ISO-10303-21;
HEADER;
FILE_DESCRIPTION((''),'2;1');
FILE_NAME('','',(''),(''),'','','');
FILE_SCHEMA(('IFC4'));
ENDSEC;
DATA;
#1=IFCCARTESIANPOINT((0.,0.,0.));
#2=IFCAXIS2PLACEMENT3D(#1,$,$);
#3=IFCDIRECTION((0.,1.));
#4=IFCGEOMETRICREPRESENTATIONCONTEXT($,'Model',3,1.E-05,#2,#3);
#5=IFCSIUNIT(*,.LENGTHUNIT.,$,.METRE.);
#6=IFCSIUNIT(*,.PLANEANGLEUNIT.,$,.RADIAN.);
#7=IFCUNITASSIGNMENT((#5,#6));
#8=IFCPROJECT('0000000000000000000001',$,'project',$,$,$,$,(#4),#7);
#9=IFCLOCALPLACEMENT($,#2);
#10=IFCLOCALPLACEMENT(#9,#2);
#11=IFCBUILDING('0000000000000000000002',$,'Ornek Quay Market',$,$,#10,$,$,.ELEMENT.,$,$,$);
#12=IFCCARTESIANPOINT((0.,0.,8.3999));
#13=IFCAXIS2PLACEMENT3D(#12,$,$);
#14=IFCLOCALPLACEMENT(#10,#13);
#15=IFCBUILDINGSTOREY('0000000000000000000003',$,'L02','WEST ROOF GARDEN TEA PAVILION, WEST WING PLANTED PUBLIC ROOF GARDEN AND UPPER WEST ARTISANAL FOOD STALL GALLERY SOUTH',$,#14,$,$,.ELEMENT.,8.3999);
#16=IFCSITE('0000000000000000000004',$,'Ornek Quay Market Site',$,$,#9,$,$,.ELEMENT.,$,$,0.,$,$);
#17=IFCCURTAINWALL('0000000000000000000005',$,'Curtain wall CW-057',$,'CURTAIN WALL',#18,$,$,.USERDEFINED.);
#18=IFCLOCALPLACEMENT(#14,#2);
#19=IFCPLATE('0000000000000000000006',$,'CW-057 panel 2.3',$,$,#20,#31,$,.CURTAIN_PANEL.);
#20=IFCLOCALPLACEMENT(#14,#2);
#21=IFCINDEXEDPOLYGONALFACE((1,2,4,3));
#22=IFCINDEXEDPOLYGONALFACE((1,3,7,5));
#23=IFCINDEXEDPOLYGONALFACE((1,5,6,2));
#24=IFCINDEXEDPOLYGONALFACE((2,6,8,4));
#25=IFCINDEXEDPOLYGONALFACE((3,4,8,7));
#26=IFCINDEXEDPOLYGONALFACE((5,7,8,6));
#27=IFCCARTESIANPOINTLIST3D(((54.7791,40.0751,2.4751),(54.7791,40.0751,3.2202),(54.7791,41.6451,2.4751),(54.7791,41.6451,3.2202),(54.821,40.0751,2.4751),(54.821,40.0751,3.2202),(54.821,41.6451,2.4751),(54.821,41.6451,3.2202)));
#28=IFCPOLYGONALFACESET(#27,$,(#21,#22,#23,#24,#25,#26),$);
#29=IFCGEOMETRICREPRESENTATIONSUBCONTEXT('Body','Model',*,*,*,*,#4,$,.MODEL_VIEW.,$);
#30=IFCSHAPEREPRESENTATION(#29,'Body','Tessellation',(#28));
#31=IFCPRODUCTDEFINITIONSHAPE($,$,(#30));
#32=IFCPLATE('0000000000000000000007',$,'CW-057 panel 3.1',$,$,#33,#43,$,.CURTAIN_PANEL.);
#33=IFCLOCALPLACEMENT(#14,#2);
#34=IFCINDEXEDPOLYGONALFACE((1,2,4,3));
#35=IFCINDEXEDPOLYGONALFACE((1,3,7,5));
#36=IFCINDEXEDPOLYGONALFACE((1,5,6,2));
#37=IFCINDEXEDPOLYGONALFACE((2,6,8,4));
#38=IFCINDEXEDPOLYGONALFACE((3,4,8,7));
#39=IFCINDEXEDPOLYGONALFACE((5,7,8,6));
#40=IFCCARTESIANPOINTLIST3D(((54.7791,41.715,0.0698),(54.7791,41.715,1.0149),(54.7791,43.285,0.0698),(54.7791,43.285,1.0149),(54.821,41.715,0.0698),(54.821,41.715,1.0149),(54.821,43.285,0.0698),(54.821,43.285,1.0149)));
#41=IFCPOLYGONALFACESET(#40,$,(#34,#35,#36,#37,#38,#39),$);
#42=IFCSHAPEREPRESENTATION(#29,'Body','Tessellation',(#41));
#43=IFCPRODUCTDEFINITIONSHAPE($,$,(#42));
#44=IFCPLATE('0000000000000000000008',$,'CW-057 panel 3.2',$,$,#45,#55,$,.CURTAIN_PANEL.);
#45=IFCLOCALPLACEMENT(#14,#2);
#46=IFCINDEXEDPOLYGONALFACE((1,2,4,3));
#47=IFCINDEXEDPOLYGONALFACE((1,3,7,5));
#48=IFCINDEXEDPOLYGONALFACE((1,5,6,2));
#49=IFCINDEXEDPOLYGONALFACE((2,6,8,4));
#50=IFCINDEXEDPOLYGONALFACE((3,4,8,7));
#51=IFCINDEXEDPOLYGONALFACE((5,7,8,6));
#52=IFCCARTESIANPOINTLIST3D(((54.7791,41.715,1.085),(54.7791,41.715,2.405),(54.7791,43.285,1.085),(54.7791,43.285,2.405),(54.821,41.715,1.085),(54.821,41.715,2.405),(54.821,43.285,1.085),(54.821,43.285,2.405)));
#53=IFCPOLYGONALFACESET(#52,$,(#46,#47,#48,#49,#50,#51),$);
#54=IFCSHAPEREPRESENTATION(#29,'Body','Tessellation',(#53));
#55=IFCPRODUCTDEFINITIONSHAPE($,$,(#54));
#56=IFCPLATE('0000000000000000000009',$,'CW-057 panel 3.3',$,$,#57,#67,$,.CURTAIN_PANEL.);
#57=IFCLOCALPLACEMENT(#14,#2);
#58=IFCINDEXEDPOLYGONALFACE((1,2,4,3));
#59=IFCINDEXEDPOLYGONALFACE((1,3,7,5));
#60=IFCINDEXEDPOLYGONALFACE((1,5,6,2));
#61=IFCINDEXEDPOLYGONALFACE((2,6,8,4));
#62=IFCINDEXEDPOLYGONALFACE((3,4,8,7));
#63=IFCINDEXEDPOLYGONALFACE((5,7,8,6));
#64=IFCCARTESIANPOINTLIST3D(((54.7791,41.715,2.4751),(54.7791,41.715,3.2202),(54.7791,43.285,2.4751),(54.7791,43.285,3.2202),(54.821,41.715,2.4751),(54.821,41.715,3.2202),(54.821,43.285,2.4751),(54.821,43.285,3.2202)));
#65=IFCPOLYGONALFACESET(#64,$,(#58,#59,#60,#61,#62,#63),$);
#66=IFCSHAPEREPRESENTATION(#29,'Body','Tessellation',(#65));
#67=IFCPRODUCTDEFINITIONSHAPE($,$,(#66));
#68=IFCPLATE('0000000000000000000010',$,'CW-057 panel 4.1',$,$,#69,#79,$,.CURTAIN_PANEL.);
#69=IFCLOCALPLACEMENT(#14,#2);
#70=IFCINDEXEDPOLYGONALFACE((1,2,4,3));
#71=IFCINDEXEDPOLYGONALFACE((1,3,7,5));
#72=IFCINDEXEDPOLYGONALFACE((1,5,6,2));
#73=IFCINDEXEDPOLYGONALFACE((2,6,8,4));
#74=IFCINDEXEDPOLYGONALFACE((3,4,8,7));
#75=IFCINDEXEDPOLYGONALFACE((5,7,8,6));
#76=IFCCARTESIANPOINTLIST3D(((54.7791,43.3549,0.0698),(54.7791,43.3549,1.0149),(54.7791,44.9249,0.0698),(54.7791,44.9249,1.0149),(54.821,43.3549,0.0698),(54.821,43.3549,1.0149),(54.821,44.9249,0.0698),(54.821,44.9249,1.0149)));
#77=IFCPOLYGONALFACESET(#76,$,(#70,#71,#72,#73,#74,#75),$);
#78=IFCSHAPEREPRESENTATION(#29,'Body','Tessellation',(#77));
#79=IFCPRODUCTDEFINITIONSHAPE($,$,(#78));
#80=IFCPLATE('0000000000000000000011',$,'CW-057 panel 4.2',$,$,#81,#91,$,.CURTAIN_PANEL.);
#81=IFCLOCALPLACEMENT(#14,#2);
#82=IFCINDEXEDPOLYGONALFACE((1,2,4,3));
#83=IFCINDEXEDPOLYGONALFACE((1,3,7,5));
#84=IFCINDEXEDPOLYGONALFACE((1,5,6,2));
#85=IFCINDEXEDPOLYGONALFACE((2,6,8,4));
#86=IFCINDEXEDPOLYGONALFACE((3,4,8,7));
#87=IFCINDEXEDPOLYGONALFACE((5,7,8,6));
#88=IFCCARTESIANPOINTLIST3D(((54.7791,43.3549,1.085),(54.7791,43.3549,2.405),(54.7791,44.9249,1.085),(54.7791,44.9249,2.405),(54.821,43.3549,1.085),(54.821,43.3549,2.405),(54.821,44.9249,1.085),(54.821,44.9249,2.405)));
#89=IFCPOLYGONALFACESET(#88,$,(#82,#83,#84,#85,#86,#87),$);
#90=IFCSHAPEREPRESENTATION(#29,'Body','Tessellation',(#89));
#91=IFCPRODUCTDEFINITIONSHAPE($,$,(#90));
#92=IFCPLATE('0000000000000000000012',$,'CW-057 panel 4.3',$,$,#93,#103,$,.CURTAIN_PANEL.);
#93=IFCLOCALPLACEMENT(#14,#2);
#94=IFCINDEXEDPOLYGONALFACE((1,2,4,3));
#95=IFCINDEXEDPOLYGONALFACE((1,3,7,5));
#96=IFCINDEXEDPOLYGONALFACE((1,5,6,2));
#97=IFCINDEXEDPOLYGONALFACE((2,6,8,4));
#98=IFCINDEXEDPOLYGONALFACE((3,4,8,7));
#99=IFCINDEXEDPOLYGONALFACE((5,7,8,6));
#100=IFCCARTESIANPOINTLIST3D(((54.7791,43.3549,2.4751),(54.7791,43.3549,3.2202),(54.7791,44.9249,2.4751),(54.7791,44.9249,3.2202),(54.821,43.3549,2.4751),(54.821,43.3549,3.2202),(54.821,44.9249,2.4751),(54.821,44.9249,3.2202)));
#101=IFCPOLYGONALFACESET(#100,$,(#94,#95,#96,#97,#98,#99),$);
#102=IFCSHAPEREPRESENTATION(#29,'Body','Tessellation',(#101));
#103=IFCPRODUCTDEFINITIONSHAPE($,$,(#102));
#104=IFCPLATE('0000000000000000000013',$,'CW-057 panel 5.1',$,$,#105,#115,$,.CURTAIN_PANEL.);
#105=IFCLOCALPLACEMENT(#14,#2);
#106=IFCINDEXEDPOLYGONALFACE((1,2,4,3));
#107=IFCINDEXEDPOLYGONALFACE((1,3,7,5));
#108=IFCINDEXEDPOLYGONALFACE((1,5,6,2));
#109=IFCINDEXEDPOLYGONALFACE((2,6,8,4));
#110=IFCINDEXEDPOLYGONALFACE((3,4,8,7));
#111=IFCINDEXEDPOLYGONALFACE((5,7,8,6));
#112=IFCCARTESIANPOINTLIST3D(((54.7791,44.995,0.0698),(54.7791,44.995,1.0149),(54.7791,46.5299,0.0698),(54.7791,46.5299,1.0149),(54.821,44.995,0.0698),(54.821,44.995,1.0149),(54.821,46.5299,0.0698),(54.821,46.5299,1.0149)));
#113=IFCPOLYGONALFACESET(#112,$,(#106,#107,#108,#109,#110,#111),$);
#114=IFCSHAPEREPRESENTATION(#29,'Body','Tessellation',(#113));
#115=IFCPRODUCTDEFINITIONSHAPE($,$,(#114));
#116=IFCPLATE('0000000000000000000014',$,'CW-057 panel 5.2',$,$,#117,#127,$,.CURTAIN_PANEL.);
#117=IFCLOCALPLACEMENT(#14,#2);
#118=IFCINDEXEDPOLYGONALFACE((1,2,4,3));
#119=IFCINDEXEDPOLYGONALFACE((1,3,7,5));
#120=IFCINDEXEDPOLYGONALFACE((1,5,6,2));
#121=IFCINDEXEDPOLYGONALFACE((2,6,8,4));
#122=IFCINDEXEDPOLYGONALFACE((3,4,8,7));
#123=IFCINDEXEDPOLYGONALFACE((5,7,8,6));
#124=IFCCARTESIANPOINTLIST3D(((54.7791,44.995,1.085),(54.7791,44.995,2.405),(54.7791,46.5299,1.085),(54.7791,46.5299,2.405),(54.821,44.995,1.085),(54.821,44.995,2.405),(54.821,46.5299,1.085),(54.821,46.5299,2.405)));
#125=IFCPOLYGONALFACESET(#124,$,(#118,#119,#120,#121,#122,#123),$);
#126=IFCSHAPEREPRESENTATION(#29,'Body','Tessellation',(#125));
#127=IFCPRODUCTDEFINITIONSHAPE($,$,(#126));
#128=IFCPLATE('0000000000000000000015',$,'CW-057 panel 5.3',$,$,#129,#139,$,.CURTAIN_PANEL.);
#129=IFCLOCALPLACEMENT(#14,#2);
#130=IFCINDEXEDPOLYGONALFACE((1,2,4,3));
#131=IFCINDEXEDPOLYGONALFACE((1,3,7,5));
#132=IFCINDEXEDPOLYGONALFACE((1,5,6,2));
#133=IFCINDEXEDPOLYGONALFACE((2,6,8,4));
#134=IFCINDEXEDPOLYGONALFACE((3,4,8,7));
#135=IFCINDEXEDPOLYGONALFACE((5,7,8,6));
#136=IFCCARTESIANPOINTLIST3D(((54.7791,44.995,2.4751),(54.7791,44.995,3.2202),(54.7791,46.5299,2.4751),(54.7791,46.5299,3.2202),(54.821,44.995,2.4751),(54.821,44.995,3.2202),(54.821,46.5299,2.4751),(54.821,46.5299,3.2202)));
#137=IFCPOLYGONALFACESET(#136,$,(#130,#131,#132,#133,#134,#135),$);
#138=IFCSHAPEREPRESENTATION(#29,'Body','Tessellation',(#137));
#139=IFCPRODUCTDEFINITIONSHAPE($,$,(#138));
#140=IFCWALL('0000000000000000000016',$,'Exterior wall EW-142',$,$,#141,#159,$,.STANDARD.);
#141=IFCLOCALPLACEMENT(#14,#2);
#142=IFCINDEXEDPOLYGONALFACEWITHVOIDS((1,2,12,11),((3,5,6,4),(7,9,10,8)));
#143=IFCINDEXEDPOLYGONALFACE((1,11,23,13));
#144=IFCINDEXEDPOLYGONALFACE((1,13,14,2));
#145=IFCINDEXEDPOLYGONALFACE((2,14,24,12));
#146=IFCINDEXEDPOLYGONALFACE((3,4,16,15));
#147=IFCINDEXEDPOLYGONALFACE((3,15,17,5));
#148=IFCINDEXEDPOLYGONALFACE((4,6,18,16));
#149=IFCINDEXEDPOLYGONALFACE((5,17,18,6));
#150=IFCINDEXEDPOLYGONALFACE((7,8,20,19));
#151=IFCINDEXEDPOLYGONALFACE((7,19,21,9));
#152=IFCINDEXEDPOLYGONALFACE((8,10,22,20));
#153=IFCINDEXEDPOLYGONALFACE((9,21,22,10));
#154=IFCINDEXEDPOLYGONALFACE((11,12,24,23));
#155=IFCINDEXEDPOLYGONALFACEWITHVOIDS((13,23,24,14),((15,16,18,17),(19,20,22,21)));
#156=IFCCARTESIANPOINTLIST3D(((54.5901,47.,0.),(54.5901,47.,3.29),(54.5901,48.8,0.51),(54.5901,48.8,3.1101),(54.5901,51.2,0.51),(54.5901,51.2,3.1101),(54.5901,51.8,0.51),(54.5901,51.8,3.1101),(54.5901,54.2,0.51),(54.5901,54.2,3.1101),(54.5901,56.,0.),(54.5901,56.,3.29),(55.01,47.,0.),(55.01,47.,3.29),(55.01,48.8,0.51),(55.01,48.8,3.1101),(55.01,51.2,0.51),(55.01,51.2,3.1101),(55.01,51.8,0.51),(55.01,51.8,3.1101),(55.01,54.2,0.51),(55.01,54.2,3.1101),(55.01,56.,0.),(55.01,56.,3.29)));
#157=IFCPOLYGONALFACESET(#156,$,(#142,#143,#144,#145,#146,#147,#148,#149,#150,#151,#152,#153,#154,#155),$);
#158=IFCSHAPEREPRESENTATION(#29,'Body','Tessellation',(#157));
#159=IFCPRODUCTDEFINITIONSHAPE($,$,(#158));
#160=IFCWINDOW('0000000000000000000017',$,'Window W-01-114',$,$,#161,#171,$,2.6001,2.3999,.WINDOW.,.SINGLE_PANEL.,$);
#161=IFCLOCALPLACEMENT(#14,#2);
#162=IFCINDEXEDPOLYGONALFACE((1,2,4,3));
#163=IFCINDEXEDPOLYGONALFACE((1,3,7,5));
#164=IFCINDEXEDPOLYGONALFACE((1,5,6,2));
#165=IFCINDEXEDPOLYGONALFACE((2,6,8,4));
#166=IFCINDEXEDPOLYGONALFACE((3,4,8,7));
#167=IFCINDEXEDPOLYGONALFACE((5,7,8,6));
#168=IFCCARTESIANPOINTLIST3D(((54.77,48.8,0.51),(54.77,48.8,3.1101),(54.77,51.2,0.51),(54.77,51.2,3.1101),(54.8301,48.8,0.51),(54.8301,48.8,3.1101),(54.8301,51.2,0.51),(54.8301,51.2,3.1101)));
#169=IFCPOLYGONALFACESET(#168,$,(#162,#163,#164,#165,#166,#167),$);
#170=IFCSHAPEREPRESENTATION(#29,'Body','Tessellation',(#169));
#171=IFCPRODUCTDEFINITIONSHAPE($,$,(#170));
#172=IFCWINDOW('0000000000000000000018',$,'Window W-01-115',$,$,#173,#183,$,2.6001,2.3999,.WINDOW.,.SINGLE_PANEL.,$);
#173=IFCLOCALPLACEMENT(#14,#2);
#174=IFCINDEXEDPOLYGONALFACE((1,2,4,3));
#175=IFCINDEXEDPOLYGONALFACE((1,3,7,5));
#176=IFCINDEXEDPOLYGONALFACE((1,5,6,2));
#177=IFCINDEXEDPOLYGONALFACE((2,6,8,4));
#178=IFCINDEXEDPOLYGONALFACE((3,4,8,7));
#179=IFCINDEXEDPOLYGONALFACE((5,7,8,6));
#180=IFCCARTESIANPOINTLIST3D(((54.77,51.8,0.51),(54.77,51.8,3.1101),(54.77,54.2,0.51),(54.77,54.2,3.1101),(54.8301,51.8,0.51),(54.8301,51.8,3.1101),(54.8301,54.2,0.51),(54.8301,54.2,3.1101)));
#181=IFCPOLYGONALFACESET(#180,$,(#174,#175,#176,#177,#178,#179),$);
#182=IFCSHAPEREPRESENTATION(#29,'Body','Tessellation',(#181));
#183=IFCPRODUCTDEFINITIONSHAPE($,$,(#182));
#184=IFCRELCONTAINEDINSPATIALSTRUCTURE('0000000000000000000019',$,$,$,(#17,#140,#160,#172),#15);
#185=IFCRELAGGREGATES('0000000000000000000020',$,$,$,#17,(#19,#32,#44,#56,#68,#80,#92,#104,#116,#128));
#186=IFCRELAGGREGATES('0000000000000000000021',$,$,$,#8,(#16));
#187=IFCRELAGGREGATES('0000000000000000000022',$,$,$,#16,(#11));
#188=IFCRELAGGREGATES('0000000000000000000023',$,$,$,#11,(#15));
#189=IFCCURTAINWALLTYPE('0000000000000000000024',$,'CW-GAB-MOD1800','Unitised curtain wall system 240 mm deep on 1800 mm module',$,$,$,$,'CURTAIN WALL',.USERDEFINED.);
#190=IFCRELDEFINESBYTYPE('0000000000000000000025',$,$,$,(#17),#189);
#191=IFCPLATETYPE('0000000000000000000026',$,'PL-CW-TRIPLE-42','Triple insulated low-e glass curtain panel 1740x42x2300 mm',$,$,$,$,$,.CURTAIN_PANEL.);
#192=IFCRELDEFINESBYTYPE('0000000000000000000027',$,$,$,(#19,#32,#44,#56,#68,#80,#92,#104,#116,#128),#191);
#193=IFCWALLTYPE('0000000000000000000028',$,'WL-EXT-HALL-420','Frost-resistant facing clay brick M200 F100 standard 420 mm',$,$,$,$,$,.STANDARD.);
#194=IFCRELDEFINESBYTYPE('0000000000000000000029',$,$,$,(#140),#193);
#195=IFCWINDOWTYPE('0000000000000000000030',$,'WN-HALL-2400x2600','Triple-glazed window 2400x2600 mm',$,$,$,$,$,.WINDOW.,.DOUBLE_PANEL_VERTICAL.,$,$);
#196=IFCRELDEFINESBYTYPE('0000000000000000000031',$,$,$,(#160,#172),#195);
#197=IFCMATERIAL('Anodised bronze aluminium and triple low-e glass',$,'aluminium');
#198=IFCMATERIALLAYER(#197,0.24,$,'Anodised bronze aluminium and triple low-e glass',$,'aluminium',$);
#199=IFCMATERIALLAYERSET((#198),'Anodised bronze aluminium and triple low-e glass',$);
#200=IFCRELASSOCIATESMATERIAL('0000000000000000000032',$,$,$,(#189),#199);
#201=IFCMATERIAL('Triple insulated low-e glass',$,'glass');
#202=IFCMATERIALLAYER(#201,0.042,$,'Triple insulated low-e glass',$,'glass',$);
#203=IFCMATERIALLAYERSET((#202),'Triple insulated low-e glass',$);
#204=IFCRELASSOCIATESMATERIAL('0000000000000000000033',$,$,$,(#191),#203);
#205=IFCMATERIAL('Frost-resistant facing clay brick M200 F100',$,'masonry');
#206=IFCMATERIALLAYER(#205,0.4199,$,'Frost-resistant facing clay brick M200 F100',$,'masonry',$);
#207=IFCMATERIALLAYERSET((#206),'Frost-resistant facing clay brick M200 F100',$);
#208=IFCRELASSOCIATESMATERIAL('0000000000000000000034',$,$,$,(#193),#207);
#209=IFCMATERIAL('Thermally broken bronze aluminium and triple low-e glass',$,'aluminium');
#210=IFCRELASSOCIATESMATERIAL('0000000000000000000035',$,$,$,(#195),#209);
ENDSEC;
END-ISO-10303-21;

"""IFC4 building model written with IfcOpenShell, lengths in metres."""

from ifc_helpers import new_model, si_unit, direction, frame, frame_2d, origin, origin_2d, place, context, subcontext, project, spatial, rectangle, extrude, material, layer, layer_set, type_object, element, fill, aggregate, save


model = new_model("IFC4")

# Units and contexts
model_context = context("Model", 3, precision=1e-05, world=origin(), true_north=direction((0.0, 1.0)))
body_context = subcontext(model_context, "Body", "Model", "MODEL_VIEW")
ifc_project = project(units=[si_unit("LENGTHUNIT", "METRE"), si_unit("PLANEANGLEUNIT", "RADIAN")], contexts=[model_context])

# Site, building, storey
site_placement = place(None, origin())
site = spatial("IfcSite", under=ifc_project, at=site_placement, Name="Ornek Quay Market Site", CompositionType="ELEMENT", RefElevation=0.0)
building_placement = place(site_placement, origin())
building = spatial("IfcBuilding", under=site, at=building_placement, Name="Ornek Quay Market", CompositionType="ELEMENT")
storey_placement = place(building_placement, frame((0.0, 0.0, 8.3999)))
storey = spatial("IfcBuildingStorey", under=building, at=storey_placement, Name="L02", Description="WEST ROOF GARDEN TEA PAVILION, WEST WING PLANTED PUBLIC ROOF GARDEN AND UPPER WEST ARTISANAL FOOD STALL GALLERY SOUTH", CompositionType="ELEMENT", Elevation=8.3999)

# Curtain wall
ifc_material_1 = material(Name="Anodised bronze aluminium and triple low-e glass", Category="aluminium")
ifc_layer_1 = layer(ifc_material_1, 0.24, Name="Anodised bronze aluminium and triple low-e glass", Category="aluminium")
ifc_layer_set_1 = layer_set([ifc_layer_1], Name="Anodised bronze aluminium and triple low-e glass")
curtain_wall_type = type_object("IfcCurtainWallType", Name="CW-GAB-MOD1800", Description="Unitised curtain wall system 240 mm deep on 1800 mm module", ElementType="CURTAIN WALL", PredefinedType="USERDEFINED", material=ifc_layer_set_1)
curtain_wall_placement = place(storey_placement, origin())
curtain_wall = element("IfcCurtainWall", 1, at=curtain_wall_placement, inside=storey, type_object=curtain_wall_type, Name="Curtain wall CW-057", ObjectType="CURTAIN WALL", PredefinedType="USERDEFINED")

# Plates
ifc_material_2 = material(Name="Triple insulated low-e glass", Category="glass")
ifc_layer_2 = layer(ifc_material_2, 0.042, Name="Triple insulated low-e glass", Category="glass")
ifc_layer_set_2 = layer_set([ifc_layer_2], Name="Triple insulated low-e glass")
plate_type_1 = type_object("IfcPlateType", Name="PL-CW-TRIPLE-42", Description="Triple insulated low-e glass curtain panel 1740x42x2300 mm", PredefinedType="CURTAIN_PANEL", material=ifc_layer_set_2)
plate_1_placement = place(storey_placement, frame((54.8, 40.8601, 2.4751), z_axis=(0.0, 0.0, 1.0), x_axis=(0.0, 1.0, 0.0)))
plate_1 = element("IfcPlate", 2, at=plate_1_placement, type_object=plate_type_1, Name="CW-057 panel 2.3", PredefinedType="CURTAIN_PANEL", context=body_context, shape_type="SweptSolid", body=[
    extrude(rectangle(XDim=1.5701, YDim=0.042, at=origin_2d()), origin(), (0.0, 0.0, 1.0), 0.7451),
])
plate_2_placement = place(storey_placement, frame((54.8, 42.5, 0.0698), z_axis=(0.0, 0.0, 1.0), x_axis=(0.0, 1.0, 0.0)))
plate_2 = element("IfcPlate", 3, at=plate_2_placement, type_object=plate_type_1, Name="CW-057 panel 3.1", PredefinedType="CURTAIN_PANEL", context=body_context, shape_type="SweptSolid", body=[
    extrude(rectangle(XDim=1.5701, YDim=0.042, at=origin_2d()), origin(), (0.0, 0.0, 1.0), 0.9451),
])
plate_3_placement = place(storey_placement, frame((54.8, 42.5, 1.085), z_axis=(0.0, 0.0, 1.0), x_axis=(0.0, 1.0, 0.0)))
plate_3 = element("IfcPlate", 4, at=plate_3_placement, type_object=plate_type_1, Name="CW-057 panel 3.2", PredefinedType="CURTAIN_PANEL", context=body_context, shape_type="SweptSolid", body=[
    extrude(rectangle(XDim=1.5701, YDim=0.042, at=origin_2d()), origin(), (0.0, 0.0, 1.0), 1.3201),
])
plate_4_placement = place(storey_placement, frame((54.8, 42.5, 2.4751), z_axis=(0.0, 0.0, 1.0), x_axis=(0.0, 1.0, 0.0)))
plate_4 = element("IfcPlate", 5, at=plate_4_placement, type_object=plate_type_1, Name="CW-057 panel 3.3", PredefinedType="CURTAIN_PANEL", context=body_context, shape_type="SweptSolid", body=[
    extrude(rectangle(XDim=1.5701, YDim=0.042, at=origin_2d()), origin(), (0.0, 0.0, 1.0), 0.7451),
])
plate_5_placement = place(storey_placement, frame((54.8, 44.1399, 0.0698), z_axis=(0.0, 0.0, 1.0), x_axis=(0.0, 1.0, 0.0)))
plate_5 = element("IfcPlate", 6, at=plate_5_placement, type_object=plate_type_1, Name="CW-057 panel 4.1", PredefinedType="CURTAIN_PANEL", context=body_context, shape_type="SweptSolid", body=[
    extrude(rectangle(XDim=1.5701, YDim=0.042, at=origin_2d()), origin(), (0.0, 0.0, 1.0), 0.9451),
])
plate_6_placement = place(storey_placement, frame((54.8, 44.1399, 1.085), z_axis=(0.0, 0.0, 1.0), x_axis=(0.0, 1.0, 0.0)))
plate_6 = element("IfcPlate", 7, at=plate_6_placement, type_object=plate_type_1, Name="CW-057 panel 4.2", PredefinedType="CURTAIN_PANEL", context=body_context, shape_type="SweptSolid", body=[
    extrude(rectangle(XDim=1.5701, YDim=0.042, at=origin_2d()), origin(), (0.0, 0.0, 1.0), 1.3201),
])
plate_7_placement = place(storey_placement, frame((54.8, 44.1399, 2.4751), z_axis=(0.0, 0.0, 1.0), x_axis=(0.0, 1.0, 0.0)))
plate_7 = element("IfcPlate", 8, at=plate_7_placement, type_object=plate_type_1, Name="CW-057 panel 4.3", PredefinedType="CURTAIN_PANEL", context=body_context, shape_type="SweptSolid", body=[
    extrude(rectangle(XDim=1.5701, YDim=0.042, at=origin_2d()), origin(), (0.0, 0.0, 1.0), 0.7451),
])
plate_8_placement = place(storey_placement, frame((54.8, 45.7625, 0.0698), z_axis=(0.0, 0.0, 1.0), x_axis=(0.0, 1.0, 0.0)))
plate_8 = element("IfcPlate", 9, at=plate_8_placement, type_object=plate_type_1, Name="CW-057 panel 5.1", PredefinedType="CURTAIN_PANEL", context=body_context, shape_type="SweptSolid", body=[
    extrude(rectangle(XDim=1.5349, YDim=0.042, at=origin_2d()), origin(), (0.0, 0.0, 1.0), 0.9451),
])
plate_9_placement = place(storey_placement, frame((54.8, 45.7625, 1.085), z_axis=(0.0, 0.0, 1.0), x_axis=(0.0, 1.0, 0.0)))
plate_9 = element("IfcPlate", 10, at=plate_9_placement, type_object=plate_type_1, Name="CW-057 panel 5.2", PredefinedType="CURTAIN_PANEL", context=body_context, shape_type="SweptSolid", body=[
    extrude(rectangle(XDim=1.5349, YDim=0.042, at=origin_2d()), origin(), (0.0, 0.0, 1.0), 1.3201),
])
plate_10_placement = place(storey_placement, frame((54.8, 45.7625, 2.4751), z_axis=(0.0, 0.0, 1.0), x_axis=(0.0, 1.0, 0.0)))
plate_10 = element("IfcPlate", 11, at=plate_10_placement, type_object=plate_type_1, Name="CW-057 panel 5.3", PredefinedType="CURTAIN_PANEL", context=body_context, shape_type="SweptSolid", body=[
    extrude(rectangle(XDim=1.5349, YDim=0.042, at=origin_2d()), origin(), (0.0, 0.0, 1.0), 0.7451),
])
aggregate(curtain_wall, [plate_1, plate_2, plate_3, plate_4, plate_5, plate_6, plate_7, plate_8, plate_9, plate_10])

# Wall, openings, windows
ifc_material_3 = material(Name="Frost-resistant facing clay brick M200 F100", Category="masonry")
ifc_layer_3 = layer(ifc_material_3, 0.4199, Name="Frost-resistant facing clay brick M200 F100", Category="masonry")
ifc_layer_set_3 = layer_set([ifc_layer_3], Name="Frost-resistant facing clay brick M200 F100")
wall_type = type_object("IfcWallType", Name="WL-EXT-HALL-420", Description="Frost-resistant facing clay brick M200 F100 standard 420 mm", PredefinedType="STANDARD", material=ifc_layer_set_3)
wall_placement = place(storey_placement, frame((54.8, 47.0, 0.0), z_axis=(0.0, 0.0, 1.0), x_axis=(0.0, 1.0, 0.0)))
wall = element("IfcWall", 12, at=wall_placement, inside=storey, type_object=wall_type, Name="Exterior wall EW-142", PredefinedType="STANDARD", context=body_context, shape_type="SweptSolid", body=[
    extrude(rectangle(XDim=9.0, YDim=0.4199, at=frame_2d((4.5, 0.0))), origin(), (0.0, 0.0, 1.0), 3.29),
])
opening_1_placement = place(wall_placement, frame((1.8, 0.0, 0.51)))
opening_1 = element("IfcOpeningElement", 13, at=opening_1_placement, cuts=wall, PredefinedType="OPENING", context=body_context, shape_type="SweptSolid", body=[
    extrude(rectangle(XDim=2.3999, YDim=2.6001, at=frame_2d((1.2, 1.3))), frame((0.0, 0.22, 0.0), z_axis=(0.0, -1.0, 0.0), x_axis=(1.0, 0.0, 0.0)), (0.0, 0.0, 1.0), 0.4399),
])
opening_2_placement = place(wall_placement, frame((4.8, 0.0, 0.51)))
opening_2 = element("IfcOpeningElement", 14, at=opening_2_placement, cuts=wall, PredefinedType="OPENING", context=body_context, shape_type="SweptSolid", body=[
    extrude(rectangle(XDim=2.3999, YDim=2.6001, at=frame_2d((1.2, 1.3))), frame((0.0, 0.22, 0.0), z_axis=(0.0, -1.0, 0.0), x_axis=(1.0, 0.0, 0.0)), (0.0, 0.0, 1.0), 0.4399),
])
ifc_material_4 = material(Name="Thermally broken bronze aluminium and triple low-e glass", Category="aluminium")
window_type = type_object("IfcWindowType", Name="WN-HALL-2400x2600", Description="Triple-glazed window 2400x2600 mm", PartitioningType="DOUBLE_PANEL_VERTICAL", PredefinedType="WINDOW", material=ifc_material_4)
window_1_placement = place(opening_1_placement, origin())
window_1 = element("IfcWindow", 15, at=window_1_placement, inside=storey, type_object=window_type, Name="Window W-01-114", OverallHeight=2.6001, OverallWidth=2.3999, PartitioningType="SINGLE_PANEL", PredefinedType="WINDOW", context=body_context, shape_type="SweptSolid", body=[
    extrude(rectangle(XDim=2.3999, YDim=2.6001, at=frame_2d((1.2, 1.3))), frame((0.0, 0.03, 0.0), z_axis=(0.0, -1.0, 0.0), x_axis=(1.0, 0.0, 0.0)), (0.0, 0.0, 1.0), 0.0601),
])
fill(opening_1, window_1)
window_2_placement = place(opening_2_placement, origin())
window_2 = element("IfcWindow", 16, at=window_2_placement, inside=storey, type_object=window_type, Name="Window W-01-115", OverallHeight=2.6001, OverallWidth=2.3999, PartitioningType="SINGLE_PANEL", PredefinedType="WINDOW", context=body_context, shape_type="SweptSolid", body=[
    extrude(rectangle(XDim=2.3999, YDim=2.6001, at=frame_2d((1.2, 1.3))), frame((0.0, 0.03, 0.0), z_axis=(0.0, -1.0, 0.0), x_axis=(1.0, 0.0, 0.0)), (0.0, 0.0, 1.0), 0.0601),
])
fill(opening_2, window_2)

save(model, "model.ifc")
